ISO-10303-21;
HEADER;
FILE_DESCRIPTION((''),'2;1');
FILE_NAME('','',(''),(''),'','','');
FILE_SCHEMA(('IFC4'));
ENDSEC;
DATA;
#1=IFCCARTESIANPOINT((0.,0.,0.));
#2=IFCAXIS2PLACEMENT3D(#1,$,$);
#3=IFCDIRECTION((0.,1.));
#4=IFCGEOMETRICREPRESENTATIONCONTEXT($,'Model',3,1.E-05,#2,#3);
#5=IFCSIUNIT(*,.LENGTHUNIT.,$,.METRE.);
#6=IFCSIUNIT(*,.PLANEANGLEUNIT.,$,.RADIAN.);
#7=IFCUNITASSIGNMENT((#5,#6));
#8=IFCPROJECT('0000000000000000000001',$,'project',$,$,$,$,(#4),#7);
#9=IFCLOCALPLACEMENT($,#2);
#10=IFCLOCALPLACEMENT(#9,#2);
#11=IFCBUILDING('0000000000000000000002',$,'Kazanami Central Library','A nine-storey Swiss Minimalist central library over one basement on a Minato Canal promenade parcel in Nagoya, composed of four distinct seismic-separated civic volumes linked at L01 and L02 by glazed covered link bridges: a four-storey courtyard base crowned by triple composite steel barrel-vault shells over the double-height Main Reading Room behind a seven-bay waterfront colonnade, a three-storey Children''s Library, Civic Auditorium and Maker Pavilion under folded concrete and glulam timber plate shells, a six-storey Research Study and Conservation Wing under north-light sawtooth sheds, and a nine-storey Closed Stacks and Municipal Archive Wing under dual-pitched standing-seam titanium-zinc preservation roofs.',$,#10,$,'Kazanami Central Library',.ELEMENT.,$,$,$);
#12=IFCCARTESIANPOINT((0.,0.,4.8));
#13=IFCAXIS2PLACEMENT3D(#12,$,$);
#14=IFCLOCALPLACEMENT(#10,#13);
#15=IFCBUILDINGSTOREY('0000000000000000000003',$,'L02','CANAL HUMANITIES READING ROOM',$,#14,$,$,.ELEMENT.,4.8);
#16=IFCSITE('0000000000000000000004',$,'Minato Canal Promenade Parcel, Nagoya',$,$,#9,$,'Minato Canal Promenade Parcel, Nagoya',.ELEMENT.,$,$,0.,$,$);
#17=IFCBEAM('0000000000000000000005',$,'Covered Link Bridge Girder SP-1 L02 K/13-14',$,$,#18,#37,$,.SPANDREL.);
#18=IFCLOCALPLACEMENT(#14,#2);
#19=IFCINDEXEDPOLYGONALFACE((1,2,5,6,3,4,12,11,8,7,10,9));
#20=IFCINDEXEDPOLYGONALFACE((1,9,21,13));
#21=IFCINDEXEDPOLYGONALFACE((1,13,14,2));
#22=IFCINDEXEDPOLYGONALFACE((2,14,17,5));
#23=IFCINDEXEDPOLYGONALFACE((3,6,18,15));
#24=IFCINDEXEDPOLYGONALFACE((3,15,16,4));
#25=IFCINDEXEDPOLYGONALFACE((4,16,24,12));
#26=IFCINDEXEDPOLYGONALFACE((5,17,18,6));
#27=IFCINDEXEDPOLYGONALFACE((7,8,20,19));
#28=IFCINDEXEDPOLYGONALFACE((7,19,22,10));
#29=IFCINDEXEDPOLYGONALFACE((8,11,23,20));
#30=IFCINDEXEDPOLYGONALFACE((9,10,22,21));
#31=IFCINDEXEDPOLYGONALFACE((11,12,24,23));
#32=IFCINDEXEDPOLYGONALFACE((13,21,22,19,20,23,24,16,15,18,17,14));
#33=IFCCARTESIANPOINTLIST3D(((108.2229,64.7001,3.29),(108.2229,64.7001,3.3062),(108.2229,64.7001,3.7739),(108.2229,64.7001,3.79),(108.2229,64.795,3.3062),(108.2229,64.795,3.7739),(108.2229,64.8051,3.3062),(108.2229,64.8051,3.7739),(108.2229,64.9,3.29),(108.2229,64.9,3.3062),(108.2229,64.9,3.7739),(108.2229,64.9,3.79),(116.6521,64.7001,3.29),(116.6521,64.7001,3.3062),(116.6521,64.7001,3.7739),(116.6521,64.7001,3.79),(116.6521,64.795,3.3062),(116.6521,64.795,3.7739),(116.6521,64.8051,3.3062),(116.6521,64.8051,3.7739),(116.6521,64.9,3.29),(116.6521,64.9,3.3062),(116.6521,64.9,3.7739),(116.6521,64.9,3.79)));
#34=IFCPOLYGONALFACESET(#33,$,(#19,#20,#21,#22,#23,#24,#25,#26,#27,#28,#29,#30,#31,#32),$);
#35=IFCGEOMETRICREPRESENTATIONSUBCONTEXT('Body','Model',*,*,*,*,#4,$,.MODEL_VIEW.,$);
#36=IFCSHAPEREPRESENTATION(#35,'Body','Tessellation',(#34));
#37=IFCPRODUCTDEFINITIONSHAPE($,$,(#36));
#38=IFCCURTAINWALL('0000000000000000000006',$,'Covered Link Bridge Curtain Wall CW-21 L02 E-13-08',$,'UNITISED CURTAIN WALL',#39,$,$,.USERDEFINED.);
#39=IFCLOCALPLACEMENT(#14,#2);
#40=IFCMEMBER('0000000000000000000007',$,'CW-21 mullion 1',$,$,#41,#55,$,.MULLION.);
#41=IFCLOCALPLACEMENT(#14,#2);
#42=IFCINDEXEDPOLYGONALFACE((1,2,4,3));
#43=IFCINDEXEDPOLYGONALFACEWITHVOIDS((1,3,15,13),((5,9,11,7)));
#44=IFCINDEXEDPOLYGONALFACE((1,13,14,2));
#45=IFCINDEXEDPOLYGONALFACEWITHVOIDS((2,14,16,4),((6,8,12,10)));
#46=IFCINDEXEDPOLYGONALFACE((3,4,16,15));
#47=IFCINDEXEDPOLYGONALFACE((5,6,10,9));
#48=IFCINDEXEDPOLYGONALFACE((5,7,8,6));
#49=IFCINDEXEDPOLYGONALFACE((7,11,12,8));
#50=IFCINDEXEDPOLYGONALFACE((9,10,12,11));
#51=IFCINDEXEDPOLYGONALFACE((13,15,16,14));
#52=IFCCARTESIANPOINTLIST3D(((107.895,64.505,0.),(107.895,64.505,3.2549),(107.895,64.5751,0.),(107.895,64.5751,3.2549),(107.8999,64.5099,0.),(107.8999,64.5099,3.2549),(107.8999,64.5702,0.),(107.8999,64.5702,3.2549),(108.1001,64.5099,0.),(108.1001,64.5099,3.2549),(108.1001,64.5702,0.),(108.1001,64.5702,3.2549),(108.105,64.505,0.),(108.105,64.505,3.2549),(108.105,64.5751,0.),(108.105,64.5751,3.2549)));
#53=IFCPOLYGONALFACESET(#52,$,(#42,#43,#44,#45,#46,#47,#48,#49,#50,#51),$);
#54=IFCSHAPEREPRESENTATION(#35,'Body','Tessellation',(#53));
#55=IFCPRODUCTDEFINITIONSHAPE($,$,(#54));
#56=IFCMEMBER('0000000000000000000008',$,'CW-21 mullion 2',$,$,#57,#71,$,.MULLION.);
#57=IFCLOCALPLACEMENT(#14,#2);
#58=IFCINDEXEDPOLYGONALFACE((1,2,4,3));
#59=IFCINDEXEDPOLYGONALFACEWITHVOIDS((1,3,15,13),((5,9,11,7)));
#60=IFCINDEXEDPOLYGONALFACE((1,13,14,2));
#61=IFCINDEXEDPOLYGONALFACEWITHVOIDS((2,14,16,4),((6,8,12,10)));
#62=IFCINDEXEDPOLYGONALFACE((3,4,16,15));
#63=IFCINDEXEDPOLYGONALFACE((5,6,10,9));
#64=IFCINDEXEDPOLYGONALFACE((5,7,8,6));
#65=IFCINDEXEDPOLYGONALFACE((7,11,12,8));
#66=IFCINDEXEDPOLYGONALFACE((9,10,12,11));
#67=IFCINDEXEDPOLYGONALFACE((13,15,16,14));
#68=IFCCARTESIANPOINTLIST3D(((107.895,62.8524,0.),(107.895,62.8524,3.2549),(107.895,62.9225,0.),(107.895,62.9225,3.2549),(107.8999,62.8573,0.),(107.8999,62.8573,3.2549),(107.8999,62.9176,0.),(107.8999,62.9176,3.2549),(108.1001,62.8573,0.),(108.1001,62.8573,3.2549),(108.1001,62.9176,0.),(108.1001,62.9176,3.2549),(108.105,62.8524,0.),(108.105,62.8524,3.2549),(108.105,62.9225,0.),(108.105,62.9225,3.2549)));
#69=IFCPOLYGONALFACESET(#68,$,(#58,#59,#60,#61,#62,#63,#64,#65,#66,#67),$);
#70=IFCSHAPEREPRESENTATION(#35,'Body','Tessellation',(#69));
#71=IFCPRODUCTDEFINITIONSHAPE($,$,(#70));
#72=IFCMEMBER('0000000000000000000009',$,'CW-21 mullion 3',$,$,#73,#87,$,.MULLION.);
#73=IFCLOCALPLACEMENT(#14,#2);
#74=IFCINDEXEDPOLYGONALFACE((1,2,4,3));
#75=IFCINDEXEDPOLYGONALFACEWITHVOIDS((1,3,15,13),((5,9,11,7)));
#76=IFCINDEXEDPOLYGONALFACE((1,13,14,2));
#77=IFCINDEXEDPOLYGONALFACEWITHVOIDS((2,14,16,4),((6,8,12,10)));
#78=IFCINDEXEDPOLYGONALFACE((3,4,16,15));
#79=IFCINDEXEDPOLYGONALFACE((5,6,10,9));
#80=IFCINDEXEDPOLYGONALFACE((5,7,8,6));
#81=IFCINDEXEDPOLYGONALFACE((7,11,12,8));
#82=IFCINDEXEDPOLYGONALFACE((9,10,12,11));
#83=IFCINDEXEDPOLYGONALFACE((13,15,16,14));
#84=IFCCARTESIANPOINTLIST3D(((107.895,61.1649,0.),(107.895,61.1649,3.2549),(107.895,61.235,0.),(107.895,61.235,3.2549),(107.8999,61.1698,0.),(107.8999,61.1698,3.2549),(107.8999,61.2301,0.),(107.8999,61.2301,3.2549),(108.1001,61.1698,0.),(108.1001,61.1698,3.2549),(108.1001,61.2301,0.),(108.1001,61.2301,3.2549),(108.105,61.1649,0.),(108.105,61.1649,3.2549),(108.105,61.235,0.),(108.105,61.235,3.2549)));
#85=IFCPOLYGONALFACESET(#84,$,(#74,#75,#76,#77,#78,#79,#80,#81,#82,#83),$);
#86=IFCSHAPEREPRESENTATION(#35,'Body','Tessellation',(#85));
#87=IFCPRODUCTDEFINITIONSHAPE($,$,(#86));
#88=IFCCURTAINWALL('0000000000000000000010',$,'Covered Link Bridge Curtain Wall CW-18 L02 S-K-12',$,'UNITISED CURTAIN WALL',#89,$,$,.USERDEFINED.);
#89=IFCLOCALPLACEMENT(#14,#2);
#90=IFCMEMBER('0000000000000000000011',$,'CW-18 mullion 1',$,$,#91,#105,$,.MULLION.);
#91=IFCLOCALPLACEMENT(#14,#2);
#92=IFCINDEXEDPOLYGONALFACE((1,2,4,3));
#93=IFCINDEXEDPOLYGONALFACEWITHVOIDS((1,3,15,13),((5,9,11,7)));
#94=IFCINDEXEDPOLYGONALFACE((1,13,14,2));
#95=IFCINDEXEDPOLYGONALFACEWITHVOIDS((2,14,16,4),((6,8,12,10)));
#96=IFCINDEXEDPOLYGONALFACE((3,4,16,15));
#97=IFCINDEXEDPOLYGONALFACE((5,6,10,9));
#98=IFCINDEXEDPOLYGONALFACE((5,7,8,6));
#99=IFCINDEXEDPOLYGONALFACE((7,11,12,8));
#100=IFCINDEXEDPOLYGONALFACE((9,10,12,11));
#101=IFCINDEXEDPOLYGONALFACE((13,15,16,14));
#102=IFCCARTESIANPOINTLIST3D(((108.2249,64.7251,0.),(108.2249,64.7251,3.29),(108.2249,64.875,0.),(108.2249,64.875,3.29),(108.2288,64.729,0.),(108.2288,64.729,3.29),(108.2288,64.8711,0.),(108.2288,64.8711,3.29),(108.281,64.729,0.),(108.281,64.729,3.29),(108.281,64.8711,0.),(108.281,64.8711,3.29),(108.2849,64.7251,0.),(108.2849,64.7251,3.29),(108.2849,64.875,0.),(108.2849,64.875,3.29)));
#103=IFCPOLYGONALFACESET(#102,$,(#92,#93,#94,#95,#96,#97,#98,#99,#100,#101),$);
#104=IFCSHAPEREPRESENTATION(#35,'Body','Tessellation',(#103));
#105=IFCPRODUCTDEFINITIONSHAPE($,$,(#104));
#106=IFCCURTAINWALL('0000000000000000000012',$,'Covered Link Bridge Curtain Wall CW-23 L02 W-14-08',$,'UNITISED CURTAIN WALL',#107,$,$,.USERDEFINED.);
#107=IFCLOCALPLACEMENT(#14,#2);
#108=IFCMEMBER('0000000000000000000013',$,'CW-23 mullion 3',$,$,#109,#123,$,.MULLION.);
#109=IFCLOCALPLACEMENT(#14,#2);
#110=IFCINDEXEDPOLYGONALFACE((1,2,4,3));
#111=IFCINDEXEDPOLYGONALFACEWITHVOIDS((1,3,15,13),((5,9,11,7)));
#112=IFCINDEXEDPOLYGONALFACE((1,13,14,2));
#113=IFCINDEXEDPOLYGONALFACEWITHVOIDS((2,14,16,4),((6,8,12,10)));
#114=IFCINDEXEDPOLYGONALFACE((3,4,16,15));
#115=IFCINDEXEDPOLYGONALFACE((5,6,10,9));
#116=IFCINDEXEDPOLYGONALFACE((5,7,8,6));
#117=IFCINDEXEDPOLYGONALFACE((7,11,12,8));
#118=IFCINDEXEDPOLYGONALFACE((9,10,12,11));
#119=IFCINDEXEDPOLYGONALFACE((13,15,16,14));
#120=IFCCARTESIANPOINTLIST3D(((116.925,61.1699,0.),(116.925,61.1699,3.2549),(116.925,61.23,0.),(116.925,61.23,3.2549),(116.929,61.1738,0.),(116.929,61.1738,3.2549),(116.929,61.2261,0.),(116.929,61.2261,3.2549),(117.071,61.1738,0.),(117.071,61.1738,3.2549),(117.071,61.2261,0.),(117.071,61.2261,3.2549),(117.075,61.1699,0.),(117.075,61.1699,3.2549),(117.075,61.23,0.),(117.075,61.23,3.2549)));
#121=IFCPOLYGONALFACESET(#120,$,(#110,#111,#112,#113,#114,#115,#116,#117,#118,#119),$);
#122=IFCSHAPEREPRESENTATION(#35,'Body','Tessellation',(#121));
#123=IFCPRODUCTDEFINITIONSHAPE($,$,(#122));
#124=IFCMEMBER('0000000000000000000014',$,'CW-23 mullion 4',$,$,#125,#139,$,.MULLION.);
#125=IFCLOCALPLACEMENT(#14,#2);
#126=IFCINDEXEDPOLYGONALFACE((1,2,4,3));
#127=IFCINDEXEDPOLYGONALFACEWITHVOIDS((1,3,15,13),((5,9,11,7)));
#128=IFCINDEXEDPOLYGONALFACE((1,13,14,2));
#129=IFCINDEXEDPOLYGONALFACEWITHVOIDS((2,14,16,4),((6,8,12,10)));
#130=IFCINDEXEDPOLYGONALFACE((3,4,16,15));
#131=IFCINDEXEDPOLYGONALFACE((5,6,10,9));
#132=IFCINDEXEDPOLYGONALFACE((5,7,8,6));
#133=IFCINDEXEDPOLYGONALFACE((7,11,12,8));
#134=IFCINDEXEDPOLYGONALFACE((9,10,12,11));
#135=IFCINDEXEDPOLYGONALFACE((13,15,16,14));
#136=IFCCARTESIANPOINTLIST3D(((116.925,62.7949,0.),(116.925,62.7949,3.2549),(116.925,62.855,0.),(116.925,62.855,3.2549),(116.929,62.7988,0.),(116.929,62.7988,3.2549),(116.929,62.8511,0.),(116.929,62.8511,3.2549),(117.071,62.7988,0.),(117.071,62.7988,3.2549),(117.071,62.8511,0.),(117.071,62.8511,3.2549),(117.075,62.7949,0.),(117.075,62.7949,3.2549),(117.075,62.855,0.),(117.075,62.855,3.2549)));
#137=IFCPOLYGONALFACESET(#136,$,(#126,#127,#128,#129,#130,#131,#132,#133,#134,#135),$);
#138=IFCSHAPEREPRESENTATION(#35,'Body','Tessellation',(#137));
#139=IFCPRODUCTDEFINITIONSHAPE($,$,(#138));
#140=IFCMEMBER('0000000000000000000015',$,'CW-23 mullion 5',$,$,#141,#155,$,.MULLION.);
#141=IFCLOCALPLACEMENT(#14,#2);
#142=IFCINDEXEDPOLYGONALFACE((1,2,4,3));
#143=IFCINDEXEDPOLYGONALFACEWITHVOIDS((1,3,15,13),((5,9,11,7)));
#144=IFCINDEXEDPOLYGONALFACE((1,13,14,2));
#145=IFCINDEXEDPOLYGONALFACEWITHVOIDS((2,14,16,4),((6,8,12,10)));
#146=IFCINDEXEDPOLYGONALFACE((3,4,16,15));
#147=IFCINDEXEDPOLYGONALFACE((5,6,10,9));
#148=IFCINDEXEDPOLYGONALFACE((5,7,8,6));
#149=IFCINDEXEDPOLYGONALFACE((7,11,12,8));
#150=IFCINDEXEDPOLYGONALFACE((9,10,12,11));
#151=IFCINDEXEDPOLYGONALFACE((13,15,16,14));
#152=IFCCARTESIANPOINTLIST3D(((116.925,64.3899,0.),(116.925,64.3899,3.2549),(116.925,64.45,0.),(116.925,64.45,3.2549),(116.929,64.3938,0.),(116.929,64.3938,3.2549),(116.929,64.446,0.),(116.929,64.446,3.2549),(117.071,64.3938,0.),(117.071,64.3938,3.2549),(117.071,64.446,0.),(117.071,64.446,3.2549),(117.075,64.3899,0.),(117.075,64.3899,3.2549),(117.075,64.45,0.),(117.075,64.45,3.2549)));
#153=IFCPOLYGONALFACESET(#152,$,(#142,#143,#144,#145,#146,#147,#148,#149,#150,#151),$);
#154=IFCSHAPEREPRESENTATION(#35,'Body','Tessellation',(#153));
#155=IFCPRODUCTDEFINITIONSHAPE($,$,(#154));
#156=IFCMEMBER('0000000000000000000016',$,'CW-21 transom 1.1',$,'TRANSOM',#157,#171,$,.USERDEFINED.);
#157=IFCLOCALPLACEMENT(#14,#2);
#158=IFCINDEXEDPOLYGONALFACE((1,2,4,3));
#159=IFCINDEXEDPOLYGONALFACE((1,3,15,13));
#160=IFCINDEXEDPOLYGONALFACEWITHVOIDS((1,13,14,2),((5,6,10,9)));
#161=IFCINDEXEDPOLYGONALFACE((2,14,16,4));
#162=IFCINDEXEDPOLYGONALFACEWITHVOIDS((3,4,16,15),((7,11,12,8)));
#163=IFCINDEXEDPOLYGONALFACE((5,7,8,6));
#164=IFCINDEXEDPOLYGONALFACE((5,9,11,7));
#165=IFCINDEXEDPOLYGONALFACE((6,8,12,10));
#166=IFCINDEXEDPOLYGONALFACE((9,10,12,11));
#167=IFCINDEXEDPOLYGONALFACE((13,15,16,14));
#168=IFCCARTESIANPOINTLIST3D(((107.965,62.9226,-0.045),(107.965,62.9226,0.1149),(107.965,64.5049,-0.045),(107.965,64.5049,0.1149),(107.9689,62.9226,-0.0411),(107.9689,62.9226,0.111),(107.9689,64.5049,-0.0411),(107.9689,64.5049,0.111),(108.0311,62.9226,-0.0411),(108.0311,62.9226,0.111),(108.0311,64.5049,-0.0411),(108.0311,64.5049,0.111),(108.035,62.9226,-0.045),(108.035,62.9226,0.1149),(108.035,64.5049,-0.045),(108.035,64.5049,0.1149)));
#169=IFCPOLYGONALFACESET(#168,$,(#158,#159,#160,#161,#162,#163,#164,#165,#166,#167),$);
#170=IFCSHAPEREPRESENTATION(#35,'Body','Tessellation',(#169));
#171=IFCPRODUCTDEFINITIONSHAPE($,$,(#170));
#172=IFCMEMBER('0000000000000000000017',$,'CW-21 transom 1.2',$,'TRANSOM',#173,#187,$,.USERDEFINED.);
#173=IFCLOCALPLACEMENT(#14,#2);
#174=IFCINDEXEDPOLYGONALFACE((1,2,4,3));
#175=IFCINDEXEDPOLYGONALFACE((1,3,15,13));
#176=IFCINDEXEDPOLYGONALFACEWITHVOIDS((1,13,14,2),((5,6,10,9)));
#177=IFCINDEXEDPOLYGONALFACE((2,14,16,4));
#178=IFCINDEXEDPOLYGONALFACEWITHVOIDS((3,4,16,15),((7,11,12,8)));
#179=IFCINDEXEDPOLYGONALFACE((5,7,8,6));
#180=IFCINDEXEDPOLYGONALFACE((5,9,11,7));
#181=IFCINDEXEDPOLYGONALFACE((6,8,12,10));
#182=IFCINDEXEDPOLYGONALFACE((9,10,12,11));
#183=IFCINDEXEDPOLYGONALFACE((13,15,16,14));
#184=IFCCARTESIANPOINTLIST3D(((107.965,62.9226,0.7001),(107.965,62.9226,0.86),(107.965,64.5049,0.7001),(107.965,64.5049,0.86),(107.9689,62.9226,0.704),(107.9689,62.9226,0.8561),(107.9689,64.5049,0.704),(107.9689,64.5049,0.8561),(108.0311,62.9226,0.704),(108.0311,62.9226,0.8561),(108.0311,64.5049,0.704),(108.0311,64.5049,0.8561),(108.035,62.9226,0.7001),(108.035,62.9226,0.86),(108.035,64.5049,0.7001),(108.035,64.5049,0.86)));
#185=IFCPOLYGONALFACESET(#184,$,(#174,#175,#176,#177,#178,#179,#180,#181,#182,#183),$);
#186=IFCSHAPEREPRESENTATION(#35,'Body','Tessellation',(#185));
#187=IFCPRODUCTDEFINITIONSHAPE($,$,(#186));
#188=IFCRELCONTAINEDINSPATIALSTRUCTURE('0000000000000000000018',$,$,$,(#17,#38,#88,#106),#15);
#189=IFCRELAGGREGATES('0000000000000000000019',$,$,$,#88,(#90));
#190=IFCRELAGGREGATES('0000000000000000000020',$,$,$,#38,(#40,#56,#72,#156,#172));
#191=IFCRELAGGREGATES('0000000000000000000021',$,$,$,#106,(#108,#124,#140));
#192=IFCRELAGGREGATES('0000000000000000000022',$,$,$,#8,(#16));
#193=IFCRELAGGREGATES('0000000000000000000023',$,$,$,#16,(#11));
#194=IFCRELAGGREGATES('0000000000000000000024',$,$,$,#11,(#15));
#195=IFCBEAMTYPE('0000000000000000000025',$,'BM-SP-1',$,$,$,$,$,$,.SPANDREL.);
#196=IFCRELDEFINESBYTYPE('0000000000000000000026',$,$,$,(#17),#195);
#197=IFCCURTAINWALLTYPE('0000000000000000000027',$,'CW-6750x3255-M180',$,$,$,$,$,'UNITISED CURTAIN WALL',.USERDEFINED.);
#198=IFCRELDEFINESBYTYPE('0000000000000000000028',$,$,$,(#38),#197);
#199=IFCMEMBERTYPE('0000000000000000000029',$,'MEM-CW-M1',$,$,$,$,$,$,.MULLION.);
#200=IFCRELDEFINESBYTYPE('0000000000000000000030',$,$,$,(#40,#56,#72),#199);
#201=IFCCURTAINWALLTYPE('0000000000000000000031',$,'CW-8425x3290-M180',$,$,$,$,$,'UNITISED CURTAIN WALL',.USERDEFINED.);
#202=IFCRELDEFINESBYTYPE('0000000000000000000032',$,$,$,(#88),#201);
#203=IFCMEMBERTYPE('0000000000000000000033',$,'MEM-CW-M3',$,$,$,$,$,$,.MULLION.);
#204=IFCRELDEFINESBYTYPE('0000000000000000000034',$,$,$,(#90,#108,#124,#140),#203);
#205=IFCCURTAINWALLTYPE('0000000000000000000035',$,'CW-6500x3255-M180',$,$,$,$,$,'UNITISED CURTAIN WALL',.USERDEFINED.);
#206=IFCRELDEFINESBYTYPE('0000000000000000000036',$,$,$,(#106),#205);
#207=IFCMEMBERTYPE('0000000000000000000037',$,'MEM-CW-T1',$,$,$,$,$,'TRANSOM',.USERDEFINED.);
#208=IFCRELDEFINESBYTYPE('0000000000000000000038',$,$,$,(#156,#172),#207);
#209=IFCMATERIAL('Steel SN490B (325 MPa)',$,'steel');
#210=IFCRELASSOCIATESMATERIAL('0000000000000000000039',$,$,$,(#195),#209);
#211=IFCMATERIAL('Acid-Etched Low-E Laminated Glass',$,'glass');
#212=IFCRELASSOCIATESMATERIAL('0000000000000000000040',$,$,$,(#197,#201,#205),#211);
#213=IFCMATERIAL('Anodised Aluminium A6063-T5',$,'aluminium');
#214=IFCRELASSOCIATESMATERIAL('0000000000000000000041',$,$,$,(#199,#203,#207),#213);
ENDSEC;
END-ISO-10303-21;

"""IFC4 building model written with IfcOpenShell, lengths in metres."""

from ifc_helpers import new_model, si_unit, direction, frame, origin, origin_2d, place, context, subcontext, project, spatial, hollow_rectangle, i_section, extrude, material, material_profile, profile_set, type_object, element, aggregate, save


model = new_model("IFC4")

# Units and contexts
model_context = context("Model", 3, precision=1e-05, world=origin(), true_north=direction((0.0, 1.0)))
body_context = subcontext(model_context, "Body", "Model", "MODEL_VIEW")
ifc_project = project(units=[si_unit("LENGTHUNIT", "METRE"), si_unit("PLANEANGLEUNIT", "RADIAN")], contexts=[model_context])

# Site, building, storey
site_placement = place(None, origin())
site = spatial("IfcSite", under=ifc_project, at=site_placement, Name="Minato Canal Promenade Parcel, Nagoya", LongName="Minato Canal Promenade Parcel, Nagoya", CompositionType="ELEMENT", RefElevation=0.0)
building_placement = place(site_placement, origin())
building = spatial("IfcBuilding", under=site, at=building_placement, Name="Kazanami Central Library", Description="A nine-storey Swiss Minimalist central library over one basement on a Minato Canal promenade parcel in Nagoya, composed of four distinct seismic-separated civic volumes linked at L01 and L02 by glazed covered link bridges: a four-storey courtyard base crowned by triple composite steel barrel-vault shells over the double-height Main Reading Room behind a seven-bay waterfront colonnade, a three-storey Children's Library, Civic Auditorium and Maker Pavilion under folded concrete and glulam timber plate shells, a six-storey Research Study and Conservation Wing under north-light sawtooth sheds, and a nine-storey Closed Stacks and Municipal Archive Wing under dual-pitched standing-seam titanium-zinc preservation roofs.", LongName="Kazanami Central Library", CompositionType="ELEMENT")
storey_placement = place(building_placement, frame((0.0, 0.0, 4.8)))
storey = spatial("IfcBuildingStorey", under=building, at=storey_placement, Name="L02", Description="CANAL HUMANITIES READING ROOM", CompositionType="ELEMENT", Elevation=4.8)

# Beam
ifc_material_1 = material(Name="Steel SN490B (325 MPa)", Category="steel")
ifc_material_profile_1 = material_profile(ifc_material_1, i_section(OverallWidth=0.2, OverallDepth=0.5, WebThickness=0.01, FlangeThickness=0.0161, at=origin_2d()), Name="H-500x200x10x16")
ifc_profile_set_1 = profile_set([ifc_material_profile_1], Name="Steel SN490B (325 MPa)")
beam_type = type_object("IfcBeamType", Name="BM-SP-1", PredefinedType="SPANDREL", material=ifc_profile_set_1)
beam_placement = place(storey_placement, frame((108.2229, 64.8, 3.54), z_axis=(1.0, 0.0, 0.0), x_axis=(0.0, 1.0, 0.0)))
element("IfcBeam", 1, at=beam_placement, inside=storey, type_object=beam_type, Name="Covered Link Bridge Girder SP-1 L02 K/13-14", PredefinedType="SPANDREL", context=body_context, shape_type="SweptSolid", body=[
    extrude(i_section(OverallWidth=0.2, OverallDepth=0.5, WebThickness=0.01, FlangeThickness=0.0161, at=origin_2d()), origin(), (0.0, 0.0, 1.0), 8.4292),
])

# Curtain wall, members
ifc_material_2 = material(Name="Acid-Etched Low-E Laminated Glass", Category="glass")
curtain_wall_type_1 = type_object("IfcCurtainWallType", Name="CW-6750x3255-M180", ElementType="UNITISED CURTAIN WALL", PredefinedType="USERDEFINED", material=ifc_material_2)
curtain_wall_1_placement = place(storey_placement, origin())
curtain_wall_1 = element("IfcCurtainWall", 2, at=curtain_wall_1_placement, inside=storey, type_object=curtain_wall_type_1, Name="Covered Link Bridge Curtain Wall CW-21 L02 E-13-08", ObjectType="UNITISED CURTAIN WALL", PredefinedType="USERDEFINED")
ifc_material_3 = material(Name="Anodised Aluminium A6063-T5", Category="aluminium")
ifc_material_profile_2 = material_profile(ifc_material_3, hollow_rectangle(XDim=0.0701, YDim=0.21, WallThickness=0.0049, at=origin_2d()), Name="ALU-MULL-70x210x5")
ifc_profile_set_2 = profile_set([ifc_material_profile_2], Name="Anodised Aluminium A6063-T5")
member_type_1 = type_object("IfcMemberType", Name="MEM-CW-M1", PredefinedType="MULLION", material=ifc_profile_set_2)
member_1_placement = place(storey_placement, frame((108.0, 64.54, 0.0), z_axis=(0.0, 0.0, 1.0), x_axis=(0.0, -1.0, 0.0)))
member_1 = element("IfcMember", 3, at=member_1_placement, type_object=member_type_1, Name="CW-21 mullion 1", PredefinedType="MULLION", context=body_context, shape_type="SweptSolid", body=[
    extrude(hollow_rectangle(XDim=0.0701, YDim=0.21, WallThickness=0.0049, at=origin_2d()), origin(), (0.0, 0.0, 1.0), 3.2549),
])
member_2_placement = place(storey_placement, frame((108.0, 62.8875, 0.0), z_axis=(0.0, 0.0, 1.0), x_axis=(0.0, -1.0, 0.0)))
member_2 = element("IfcMember", 4, at=member_2_placement, type_object=member_type_1, Name="CW-21 mullion 2", PredefinedType="MULLION", context=body_context, shape_type="SweptSolid", body=[
    extrude(hollow_rectangle(XDim=0.0701, YDim=0.21, WallThickness=0.0049, at=origin_2d()), origin(), (0.0, 0.0, 1.0), 3.2549),
])
member_3_placement = place(storey_placement, frame((108.0, 61.2, 0.0), z_axis=(0.0, 0.0, 1.0), x_axis=(0.0, -1.0, 0.0)))
member_3 = element("IfcMember", 5, at=member_3_placement, type_object=member_type_1, Name="CW-21 mullion 3", PredefinedType="MULLION", context=body_context, shape_type="SweptSolid", body=[
    extrude(hollow_rectangle(XDim=0.0701, YDim=0.21, WallThickness=0.0049, at=origin_2d()), origin(), (0.0, 0.0, 1.0), 3.2549),
])

# Curtain wall, member
curtain_wall_type_2 = type_object("IfcCurtainWallType", Name="CW-8425x3290-M180", ElementType="UNITISED CURTAIN WALL", PredefinedType="USERDEFINED", material=ifc_material_2)
curtain_wall_2_placement = place(storey_placement, origin())
curtain_wall_2 = element("IfcCurtainWall", 6, at=curtain_wall_2_placement, inside=storey, type_object=curtain_wall_type_2, Name="Covered Link Bridge Curtain Wall CW-18 L02 S-K-12", ObjectType="UNITISED CURTAIN WALL", PredefinedType="USERDEFINED")
ifc_material_profile_3 = material_profile(ifc_material_3, hollow_rectangle(XDim=0.0601, YDim=0.1499, WallThickness=0.0039, at=origin_2d()), Name="ALU-MULL-60x150x4")
ifc_profile_set_3 = profile_set([ifc_material_profile_3], Name="Anodised Aluminium A6063-T5")
member_type_2 = type_object("IfcMemberType", Name="MEM-CW-M3", PredefinedType="MULLION", material=ifc_profile_set_3)
member_4_placement = place(storey_placement, frame((108.2549, 64.8, 0.0), z_axis=(0.0, 0.0, 1.0), x_axis=(1.0, 0.0, 0.0)))
member_4 = element("IfcMember", 7, at=member_4_placement, type_object=member_type_2, Name="CW-18 mullion 1", PredefinedType="MULLION", context=body_context, shape_type="SweptSolid", body=[
    extrude(hollow_rectangle(XDim=0.0601, YDim=0.1499, WallThickness=0.0039, at=origin_2d()), origin(), (0.0, 0.0, 1.0), 3.29),
])

# Curtain wall, members
curtain_wall_type_3 = type_object("IfcCurtainWallType", Name="CW-6500x3255-M180", ElementType="UNITISED CURTAIN WALL", PredefinedType="USERDEFINED", material=ifc_material_2)
curtain_wall_3_placement = place(storey_placement, origin())
curtain_wall_3 = element("IfcCurtainWall", 8, at=curtain_wall_3_placement, inside=storey, type_object=curtain_wall_type_3, Name="Covered Link Bridge Curtain Wall CW-23 L02 W-14-08", ObjectType="UNITISED CURTAIN WALL", PredefinedType="USERDEFINED")
member_5_placement = place(storey_placement, frame((117.0, 61.2, 0.0), z_axis=(0.0, 0.0, 1.0), x_axis=(0.0, 1.0, 0.0)))
member_5 = element("IfcMember", 9, at=member_5_placement, type_object=member_type_2, Name="CW-23 mullion 3", PredefinedType="MULLION", context=body_context, shape_type="SweptSolid", body=[
    extrude(hollow_rectangle(XDim=0.0601, YDim=0.1499, WallThickness=0.0039, at=origin_2d()), origin(), (0.0, 0.0, 1.0), 3.2549),
])
member_6_placement = place(storey_placement, frame((117.0, 62.825, 0.0), z_axis=(0.0, 0.0, 1.0), x_axis=(0.0, 1.0, 0.0)))
member_6 = element("IfcMember", 10, at=member_6_placement, type_object=member_type_2, Name="CW-23 mullion 4", PredefinedType="MULLION", context=body_context, shape_type="SweptSolid", body=[
    extrude(hollow_rectangle(XDim=0.0601, YDim=0.1499, WallThickness=0.0039, at=origin_2d()), origin(), (0.0, 0.0, 1.0), 3.2549),
])
member_7_placement = place(storey_placement, frame((117.0, 64.4199, 0.0), z_axis=(0.0, 0.0, 1.0), x_axis=(0.0, 1.0, 0.0)))
member_7 = element("IfcMember", 11, at=member_7_placement, type_object=member_type_2, Name="CW-23 mullion 5", PredefinedType="MULLION", context=body_context, shape_type="SweptSolid", body=[
    extrude(hollow_rectangle(XDim=0.0601, YDim=0.1499, WallThickness=0.0039, at=origin_2d()), origin(), (0.0, 0.0, 1.0), 3.2549),
])

# Members
ifc_material_profile_4 = material_profile(ifc_material_3, hollow_rectangle(XDim=0.0701, YDim=0.1599, WallThickness=0.0039, at=origin_2d()), Name="ALU-TRAN-70x160x4")
ifc_profile_set_4 = profile_set([ifc_material_profile_4], Name="Anodised Aluminium A6063-T5")
member_type_3 = type_object("IfcMemberType", Name="MEM-CW-T1", ElementType="TRANSOM", PredefinedType="USERDEFINED", material=ifc_profile_set_4)
member_8_placement = place(storey_placement, frame((108.0, 64.5049, 0.0349), z_axis=(0.0, -1.0, 0.0), x_axis=(1.0, 0.0, 0.0)))
member_8 = element("IfcMember", 12, at=member_8_placement, type_object=member_type_3, Name="CW-21 transom 1.1", ObjectType="TRANSOM", PredefinedType="USERDEFINED", context=body_context, shape_type="SweptSolid", body=[
    extrude(hollow_rectangle(XDim=0.0701, YDim=0.1599, WallThickness=0.0039, at=origin_2d()), origin(), (0.0, 0.0, 1.0), 1.5823),
])
member_9_placement = place(storey_placement, frame((108.0, 64.5049, 0.78), z_axis=(0.0, -1.0, 0.0), x_axis=(1.0, 0.0, 0.0)))
member_9 = element("IfcMember", 13, at=member_9_placement, type_object=member_type_3, Name="CW-21 transom 1.2", ObjectType="TRANSOM", PredefinedType="USERDEFINED", context=body_context, shape_type="SweptSolid", body=[
    extrude(hollow_rectangle(XDim=0.0701, YDim=0.1599, WallThickness=0.0039, at=origin_2d()), origin(), (0.0, 0.0, 1.0), 1.5823),
])
aggregate(curtain_wall_2, [member_4])

aggregate(curtain_wall_1, [member_1, member_2, member_3, member_8, member_9])
aggregate(curtain_wall_3, [member_5, member_6, member_7])

save(model, "model.ifc")
